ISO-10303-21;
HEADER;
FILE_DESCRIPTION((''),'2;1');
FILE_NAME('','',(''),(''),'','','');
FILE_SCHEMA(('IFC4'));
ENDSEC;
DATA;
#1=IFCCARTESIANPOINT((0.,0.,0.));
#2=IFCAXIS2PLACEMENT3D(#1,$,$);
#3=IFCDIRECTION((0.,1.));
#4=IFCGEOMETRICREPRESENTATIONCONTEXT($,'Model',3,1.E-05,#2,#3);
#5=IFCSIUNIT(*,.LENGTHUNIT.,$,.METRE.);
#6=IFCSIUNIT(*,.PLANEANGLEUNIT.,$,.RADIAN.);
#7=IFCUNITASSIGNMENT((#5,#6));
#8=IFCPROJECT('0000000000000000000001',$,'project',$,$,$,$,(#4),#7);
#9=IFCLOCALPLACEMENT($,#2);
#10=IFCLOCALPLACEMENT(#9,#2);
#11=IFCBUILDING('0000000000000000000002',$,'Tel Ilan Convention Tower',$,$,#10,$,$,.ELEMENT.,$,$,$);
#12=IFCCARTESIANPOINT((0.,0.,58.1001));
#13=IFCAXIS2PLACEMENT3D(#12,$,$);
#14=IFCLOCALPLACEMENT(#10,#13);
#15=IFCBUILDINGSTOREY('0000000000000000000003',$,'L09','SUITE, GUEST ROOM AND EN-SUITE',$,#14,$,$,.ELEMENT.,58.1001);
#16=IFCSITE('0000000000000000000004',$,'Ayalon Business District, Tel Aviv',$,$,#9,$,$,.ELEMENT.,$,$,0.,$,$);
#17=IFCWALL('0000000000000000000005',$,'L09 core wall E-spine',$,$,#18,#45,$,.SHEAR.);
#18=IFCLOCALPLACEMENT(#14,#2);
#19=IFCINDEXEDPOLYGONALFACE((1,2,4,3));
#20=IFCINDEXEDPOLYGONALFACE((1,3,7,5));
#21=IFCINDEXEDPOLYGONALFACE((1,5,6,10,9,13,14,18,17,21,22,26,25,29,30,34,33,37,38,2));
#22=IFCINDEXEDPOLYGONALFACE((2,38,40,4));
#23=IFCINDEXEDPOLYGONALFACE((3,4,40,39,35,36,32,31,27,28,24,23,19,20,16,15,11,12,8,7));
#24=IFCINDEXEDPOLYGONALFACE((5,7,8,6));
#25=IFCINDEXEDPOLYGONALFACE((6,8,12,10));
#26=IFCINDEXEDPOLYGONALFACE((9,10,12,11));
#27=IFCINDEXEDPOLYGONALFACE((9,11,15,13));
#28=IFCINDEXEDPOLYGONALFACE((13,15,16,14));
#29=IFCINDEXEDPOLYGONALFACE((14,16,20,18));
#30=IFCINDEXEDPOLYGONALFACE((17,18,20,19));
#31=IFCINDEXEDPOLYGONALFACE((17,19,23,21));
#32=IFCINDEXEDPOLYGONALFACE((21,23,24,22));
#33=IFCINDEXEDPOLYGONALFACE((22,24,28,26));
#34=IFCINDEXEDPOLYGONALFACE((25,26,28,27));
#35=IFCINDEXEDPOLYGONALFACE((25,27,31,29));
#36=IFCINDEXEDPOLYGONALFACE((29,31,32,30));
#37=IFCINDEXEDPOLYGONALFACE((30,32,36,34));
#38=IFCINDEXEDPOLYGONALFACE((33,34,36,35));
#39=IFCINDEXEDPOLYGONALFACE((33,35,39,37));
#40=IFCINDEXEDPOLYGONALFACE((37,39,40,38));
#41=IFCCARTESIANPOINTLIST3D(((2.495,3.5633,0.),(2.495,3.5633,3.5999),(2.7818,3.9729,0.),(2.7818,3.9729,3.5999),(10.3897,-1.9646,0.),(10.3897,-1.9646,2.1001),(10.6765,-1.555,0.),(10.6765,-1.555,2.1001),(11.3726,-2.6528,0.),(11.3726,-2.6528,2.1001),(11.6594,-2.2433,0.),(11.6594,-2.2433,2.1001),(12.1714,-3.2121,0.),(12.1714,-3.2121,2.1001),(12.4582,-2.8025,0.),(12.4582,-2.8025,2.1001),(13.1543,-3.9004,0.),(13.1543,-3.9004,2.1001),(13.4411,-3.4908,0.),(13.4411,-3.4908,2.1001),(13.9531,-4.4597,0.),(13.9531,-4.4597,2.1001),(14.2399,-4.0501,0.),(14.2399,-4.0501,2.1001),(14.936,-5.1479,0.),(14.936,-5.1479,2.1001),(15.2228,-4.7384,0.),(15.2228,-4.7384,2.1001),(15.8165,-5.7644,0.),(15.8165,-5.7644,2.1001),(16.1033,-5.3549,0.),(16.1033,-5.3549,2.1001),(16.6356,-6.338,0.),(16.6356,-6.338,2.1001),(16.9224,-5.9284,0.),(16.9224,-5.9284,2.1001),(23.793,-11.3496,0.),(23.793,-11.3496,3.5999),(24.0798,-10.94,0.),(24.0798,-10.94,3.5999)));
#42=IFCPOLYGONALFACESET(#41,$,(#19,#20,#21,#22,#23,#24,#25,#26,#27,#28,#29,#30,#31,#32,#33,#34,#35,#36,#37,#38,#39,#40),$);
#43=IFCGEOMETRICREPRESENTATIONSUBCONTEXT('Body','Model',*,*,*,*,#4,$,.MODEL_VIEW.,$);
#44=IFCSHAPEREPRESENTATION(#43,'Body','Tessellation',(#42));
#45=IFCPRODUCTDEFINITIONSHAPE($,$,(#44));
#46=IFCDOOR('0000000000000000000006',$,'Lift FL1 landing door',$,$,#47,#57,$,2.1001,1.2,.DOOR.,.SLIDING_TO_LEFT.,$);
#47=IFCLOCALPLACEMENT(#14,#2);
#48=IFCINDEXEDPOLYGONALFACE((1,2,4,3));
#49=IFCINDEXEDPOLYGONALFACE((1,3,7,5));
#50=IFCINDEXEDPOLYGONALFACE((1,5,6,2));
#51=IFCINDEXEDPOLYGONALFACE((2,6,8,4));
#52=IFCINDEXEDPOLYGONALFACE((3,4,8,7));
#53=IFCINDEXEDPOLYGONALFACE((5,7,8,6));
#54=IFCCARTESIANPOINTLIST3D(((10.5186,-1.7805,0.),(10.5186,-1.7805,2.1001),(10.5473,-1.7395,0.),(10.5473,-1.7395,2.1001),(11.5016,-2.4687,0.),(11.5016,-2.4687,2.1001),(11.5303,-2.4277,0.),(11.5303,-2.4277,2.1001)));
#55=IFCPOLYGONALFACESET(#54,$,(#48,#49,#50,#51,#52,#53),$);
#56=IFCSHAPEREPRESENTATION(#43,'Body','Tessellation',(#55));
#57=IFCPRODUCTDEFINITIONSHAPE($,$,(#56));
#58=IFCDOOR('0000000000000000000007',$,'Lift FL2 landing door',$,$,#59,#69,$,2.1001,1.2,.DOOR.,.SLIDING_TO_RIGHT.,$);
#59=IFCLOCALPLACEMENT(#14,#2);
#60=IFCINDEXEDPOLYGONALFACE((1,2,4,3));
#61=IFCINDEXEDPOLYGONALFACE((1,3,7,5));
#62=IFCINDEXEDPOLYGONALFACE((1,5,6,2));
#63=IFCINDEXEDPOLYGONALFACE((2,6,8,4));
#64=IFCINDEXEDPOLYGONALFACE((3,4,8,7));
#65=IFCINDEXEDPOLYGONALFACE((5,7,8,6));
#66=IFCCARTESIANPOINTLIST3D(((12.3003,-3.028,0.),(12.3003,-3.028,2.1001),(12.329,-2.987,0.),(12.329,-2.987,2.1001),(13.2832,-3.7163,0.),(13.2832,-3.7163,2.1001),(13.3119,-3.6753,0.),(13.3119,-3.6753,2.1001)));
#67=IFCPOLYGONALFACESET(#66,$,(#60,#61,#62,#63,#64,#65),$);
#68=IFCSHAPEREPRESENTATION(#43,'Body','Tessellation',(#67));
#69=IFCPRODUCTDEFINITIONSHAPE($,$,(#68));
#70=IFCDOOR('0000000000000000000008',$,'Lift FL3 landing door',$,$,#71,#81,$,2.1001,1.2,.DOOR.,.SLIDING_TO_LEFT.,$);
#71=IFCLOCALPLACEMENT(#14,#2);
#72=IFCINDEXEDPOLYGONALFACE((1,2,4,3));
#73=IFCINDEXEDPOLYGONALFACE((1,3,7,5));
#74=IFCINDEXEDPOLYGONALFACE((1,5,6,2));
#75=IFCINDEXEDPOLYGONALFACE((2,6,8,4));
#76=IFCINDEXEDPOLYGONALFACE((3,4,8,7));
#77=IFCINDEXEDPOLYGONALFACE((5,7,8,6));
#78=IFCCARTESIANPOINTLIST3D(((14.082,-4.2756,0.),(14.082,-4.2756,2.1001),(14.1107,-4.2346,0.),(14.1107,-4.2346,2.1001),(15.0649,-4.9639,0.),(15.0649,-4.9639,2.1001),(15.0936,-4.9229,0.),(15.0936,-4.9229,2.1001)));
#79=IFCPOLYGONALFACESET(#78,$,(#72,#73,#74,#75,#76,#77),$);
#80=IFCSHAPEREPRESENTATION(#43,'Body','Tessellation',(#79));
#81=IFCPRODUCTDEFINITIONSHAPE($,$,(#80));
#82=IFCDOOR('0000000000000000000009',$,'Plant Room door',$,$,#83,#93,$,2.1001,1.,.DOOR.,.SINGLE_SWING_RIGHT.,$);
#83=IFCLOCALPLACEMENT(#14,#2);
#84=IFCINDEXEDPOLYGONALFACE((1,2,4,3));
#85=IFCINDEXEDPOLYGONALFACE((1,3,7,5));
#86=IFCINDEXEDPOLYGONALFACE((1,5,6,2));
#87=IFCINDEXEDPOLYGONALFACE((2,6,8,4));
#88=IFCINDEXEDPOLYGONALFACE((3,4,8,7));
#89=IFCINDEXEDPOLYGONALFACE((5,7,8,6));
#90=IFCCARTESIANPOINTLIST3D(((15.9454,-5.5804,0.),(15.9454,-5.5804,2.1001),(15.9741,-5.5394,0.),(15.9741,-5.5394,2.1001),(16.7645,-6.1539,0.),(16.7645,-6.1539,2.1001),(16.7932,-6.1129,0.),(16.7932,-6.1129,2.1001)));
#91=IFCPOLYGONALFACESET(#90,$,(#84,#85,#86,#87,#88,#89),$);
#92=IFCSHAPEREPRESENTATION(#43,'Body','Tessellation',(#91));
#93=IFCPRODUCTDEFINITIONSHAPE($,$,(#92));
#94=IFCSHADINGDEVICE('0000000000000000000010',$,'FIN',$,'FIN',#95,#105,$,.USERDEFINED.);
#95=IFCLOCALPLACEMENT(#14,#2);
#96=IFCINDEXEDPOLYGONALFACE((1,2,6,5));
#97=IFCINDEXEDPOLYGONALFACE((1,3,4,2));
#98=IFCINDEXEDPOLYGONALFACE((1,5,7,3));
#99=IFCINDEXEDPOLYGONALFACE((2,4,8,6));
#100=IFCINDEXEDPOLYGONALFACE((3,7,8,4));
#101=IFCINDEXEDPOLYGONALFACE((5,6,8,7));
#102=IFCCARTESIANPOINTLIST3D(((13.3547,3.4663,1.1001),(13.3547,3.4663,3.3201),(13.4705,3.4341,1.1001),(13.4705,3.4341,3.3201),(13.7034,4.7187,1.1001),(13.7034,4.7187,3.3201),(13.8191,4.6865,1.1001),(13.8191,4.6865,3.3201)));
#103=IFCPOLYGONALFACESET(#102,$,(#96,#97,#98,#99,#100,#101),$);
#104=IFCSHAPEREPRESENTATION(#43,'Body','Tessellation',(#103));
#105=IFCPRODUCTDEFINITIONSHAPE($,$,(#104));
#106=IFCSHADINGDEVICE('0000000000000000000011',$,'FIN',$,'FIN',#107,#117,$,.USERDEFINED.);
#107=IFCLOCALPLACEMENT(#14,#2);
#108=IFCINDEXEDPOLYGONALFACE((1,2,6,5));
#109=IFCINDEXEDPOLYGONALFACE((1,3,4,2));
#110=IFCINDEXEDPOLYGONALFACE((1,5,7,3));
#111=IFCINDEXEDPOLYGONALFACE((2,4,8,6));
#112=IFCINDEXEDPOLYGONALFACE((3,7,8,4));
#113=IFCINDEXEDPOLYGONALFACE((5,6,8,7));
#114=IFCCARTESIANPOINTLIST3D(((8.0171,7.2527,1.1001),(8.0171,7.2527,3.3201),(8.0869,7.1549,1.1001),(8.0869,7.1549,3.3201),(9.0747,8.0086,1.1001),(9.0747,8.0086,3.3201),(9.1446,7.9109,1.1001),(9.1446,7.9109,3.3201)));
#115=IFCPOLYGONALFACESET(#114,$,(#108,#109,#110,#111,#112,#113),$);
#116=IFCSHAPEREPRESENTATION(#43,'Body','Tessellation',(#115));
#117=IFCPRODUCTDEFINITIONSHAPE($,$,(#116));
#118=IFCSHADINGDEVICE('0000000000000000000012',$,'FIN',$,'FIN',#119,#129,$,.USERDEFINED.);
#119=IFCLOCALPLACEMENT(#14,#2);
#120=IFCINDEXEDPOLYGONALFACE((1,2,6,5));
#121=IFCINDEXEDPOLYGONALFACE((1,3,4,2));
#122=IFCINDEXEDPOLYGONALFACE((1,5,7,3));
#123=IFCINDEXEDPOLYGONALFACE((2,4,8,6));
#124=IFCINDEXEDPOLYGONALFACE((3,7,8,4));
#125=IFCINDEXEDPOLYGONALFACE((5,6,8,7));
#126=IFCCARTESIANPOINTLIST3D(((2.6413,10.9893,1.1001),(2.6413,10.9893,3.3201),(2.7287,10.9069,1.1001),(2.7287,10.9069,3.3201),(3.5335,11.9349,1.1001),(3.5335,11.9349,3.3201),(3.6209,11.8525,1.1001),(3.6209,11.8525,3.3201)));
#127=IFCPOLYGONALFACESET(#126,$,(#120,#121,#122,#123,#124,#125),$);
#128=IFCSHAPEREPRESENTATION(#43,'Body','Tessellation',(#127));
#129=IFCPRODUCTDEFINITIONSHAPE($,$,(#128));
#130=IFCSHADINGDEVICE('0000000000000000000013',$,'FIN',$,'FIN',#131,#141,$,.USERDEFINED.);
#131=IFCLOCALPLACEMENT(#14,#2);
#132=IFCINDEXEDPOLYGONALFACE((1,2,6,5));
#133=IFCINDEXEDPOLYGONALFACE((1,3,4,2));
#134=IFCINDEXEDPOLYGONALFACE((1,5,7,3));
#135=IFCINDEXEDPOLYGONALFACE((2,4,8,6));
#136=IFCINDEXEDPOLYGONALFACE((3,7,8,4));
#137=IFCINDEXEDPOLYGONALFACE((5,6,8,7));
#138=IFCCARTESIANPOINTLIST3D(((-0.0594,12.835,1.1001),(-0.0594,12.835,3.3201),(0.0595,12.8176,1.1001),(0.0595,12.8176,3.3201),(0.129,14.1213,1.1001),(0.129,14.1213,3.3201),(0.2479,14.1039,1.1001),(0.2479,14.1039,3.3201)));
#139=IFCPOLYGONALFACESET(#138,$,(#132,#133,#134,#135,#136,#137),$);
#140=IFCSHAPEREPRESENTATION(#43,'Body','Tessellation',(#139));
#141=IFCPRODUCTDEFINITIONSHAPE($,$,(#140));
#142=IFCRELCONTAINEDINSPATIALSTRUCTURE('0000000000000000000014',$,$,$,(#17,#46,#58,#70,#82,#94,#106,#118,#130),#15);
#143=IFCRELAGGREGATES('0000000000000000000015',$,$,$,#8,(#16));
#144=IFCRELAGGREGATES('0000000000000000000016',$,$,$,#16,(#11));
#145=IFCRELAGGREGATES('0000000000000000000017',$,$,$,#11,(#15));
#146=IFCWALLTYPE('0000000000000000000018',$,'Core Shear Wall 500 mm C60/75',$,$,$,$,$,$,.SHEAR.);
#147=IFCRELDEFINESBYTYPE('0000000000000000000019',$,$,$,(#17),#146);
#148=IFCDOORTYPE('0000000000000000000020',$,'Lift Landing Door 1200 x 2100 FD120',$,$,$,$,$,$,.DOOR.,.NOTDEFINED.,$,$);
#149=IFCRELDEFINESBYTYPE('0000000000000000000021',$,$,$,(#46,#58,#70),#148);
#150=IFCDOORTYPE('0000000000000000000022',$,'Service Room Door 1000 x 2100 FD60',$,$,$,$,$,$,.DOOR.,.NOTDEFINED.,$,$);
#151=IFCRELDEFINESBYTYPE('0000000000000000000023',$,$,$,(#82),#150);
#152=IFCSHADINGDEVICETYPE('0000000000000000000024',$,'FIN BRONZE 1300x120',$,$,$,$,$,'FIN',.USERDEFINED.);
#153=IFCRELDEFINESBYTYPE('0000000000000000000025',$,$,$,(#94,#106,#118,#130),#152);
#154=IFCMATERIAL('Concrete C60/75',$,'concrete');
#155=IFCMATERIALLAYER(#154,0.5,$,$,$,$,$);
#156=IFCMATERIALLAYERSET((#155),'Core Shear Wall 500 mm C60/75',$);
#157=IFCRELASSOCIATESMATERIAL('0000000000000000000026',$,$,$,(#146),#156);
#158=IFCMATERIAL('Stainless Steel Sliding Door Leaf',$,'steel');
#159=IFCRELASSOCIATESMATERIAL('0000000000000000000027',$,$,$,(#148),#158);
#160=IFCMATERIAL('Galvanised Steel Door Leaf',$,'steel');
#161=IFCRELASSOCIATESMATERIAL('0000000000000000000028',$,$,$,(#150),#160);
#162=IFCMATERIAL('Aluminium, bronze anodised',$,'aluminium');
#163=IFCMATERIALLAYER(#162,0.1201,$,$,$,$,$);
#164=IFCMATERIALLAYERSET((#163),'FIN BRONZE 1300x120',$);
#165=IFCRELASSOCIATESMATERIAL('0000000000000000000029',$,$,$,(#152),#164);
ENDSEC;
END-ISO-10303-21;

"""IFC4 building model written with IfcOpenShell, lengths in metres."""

from ifc_helpers import new_model, si_unit, direction, frame, frame_2d, origin, origin_2d, place, context, subcontext, project, spatial, polyline, rectangle, outline, extrude, material, layer, layer_set, type_object, element, fill, save


model = new_model("IFC4")

# Units and contexts
model_context = context("Model", 3, precision=1e-05, world=origin(), true_north=direction((0.0, 1.0)))
body_context = subcontext(model_context, "Body", "Model", "MODEL_VIEW")
ifc_project = project(units=[si_unit("LENGTHUNIT", "METRE"), si_unit("PLANEANGLEUNIT", "RADIAN")], contexts=[model_context])

# Site, building, storey
site_placement = place(None, origin())
site = spatial("IfcSite", under=ifc_project, at=site_placement, Name="Ayalon Business District, Tel Aviv", CompositionType="ELEMENT", RefElevation=0.0)
building_placement = place(site_placement, origin())
building = spatial("IfcBuilding", under=site, at=building_placement, Name="Tel Ilan Convention Tower", CompositionType="ELEMENT")
storey_placement = place(building_placement, frame((0.0, 0.0, 58.1001)))
storey = spatial("IfcBuildingStorey", under=building, at=storey_placement, Name="L09", Description="SUITE, GUEST ROOM AND EN-SUITE", CompositionType="ELEMENT", Elevation=58.1001)

# Wall, openings, doors
ifc_material_1 = material(Name="Concrete C60/75", Category="concrete")
ifc_layer_1 = layer(ifc_material_1, 0.5)
ifc_layer_set_1 = layer_set([ifc_layer_1], Name="Core Shear Wall 500 mm C60/75")
wall_type_1 = type_object("IfcWallType", Name="Core Shear Wall 500 mm C60/75", PredefinedType="SHEAR", material=ifc_layer_set_1)
wall_1_placement = place(storey_placement, frame((2.6384, 3.7681, 0.0), z_axis=(0.0, 0.0, 1.0), x_axis=(0.819149, -0.573581, 0.0)))
wall_1 = element("IfcWall", 1, at=wall_1_placement, inside=storey, type_object=wall_type_1, Name="L09 core wall E-spine", PredefinedType="SHEAR", context=body_context, shape_type="SweptSolid", body=[
    extrude(outline(polyline([(0.0, 0.25), (0.0, -0.25), (26.0, -0.2498), (26.0, 0.2502), (0.0, 0.25)])), origin(), (0.0, 0.0, 1.0), 3.5999),
])
opening_1_placement = place(wall_1_placement, frame((9.6375, 0.0, 0.0)))
opening_1 = element("IfcOpeningElement", 2, at=opening_1_placement, cuts=wall_1, PredefinedType="OPENING", context=body_context, shape_type="SweptSolid", body=[
    extrude(rectangle(XDim=1.2, YDim=2.1001, at=frame_2d((0.6001, 1.05))), frame((0.0, 0.26, 0.0), z_axis=(0.0, -1.0, 0.0), x_axis=(1.0, 0.0, 0.0)), (0.0, 0.0, 1.0), 0.52),
])
opening_2_placement = place(wall_1_placement, frame((11.8125, 0.0, 0.0)))
opening_2 = element("IfcOpeningElement", 3, at=opening_2_placement, cuts=wall_1, PredefinedType="OPENING", context=body_context, shape_type="SweptSolid", body=[
    extrude(rectangle(XDim=1.2, YDim=2.1001, at=frame_2d((0.6001, 1.05))), frame((0.0, 0.26, 0.0), z_axis=(0.0, -1.0, 0.0), x_axis=(1.0, 0.0, 0.0)), (0.0, 0.0, 1.0), 0.52),
])
opening_3_placement = place(wall_1_placement, frame((13.9875, 0.0, 0.0)))
opening_3 = element("IfcOpeningElement", 4, at=opening_3_placement, cuts=wall_1, PredefinedType="OPENING", context=body_context, shape_type="SweptSolid", body=[
    extrude(rectangle(XDim=1.2, YDim=2.1001, at=frame_2d((0.6001, 1.05))), frame((0.0, 0.26, 0.0), z_axis=(0.0, -1.0, 0.0), x_axis=(1.0, 0.0, 0.0)), (0.0, 0.0, 1.0), 0.52),
])
opening_4_placement = place(wall_1_placement, frame((16.2625, 0.0, 0.0)))
opening_4 = element("IfcOpeningElement", 5, at=opening_4_placement, cuts=wall_1, PredefinedType="OPENING", context=body_context, shape_type="SweptSolid", body=[
    extrude(rectangle(XDim=1.0, YDim=2.1001, at=frame_2d((0.5, 1.05))), frame((0.0, 0.26, 0.0), z_axis=(0.0, -1.0, 0.0), x_axis=(1.0, 0.0, 0.0)), (0.0, 0.0, 1.0), 0.52),
])
ifc_material_2 = material(Name="Stainless Steel Sliding Door Leaf", Category="steel")
door_type_1 = type_object("IfcDoorType", Name="Lift Landing Door 1200 x 2100 FD120", OperationType="NOTDEFINED", PredefinedType="DOOR", material=ifc_material_2)
door_1_placement = place(opening_1_placement, origin())
door_1 = element("IfcDoor", 6, at=door_1_placement, inside=storey, type_object=door_type_1, Name="Lift FL1 landing door", OperationType="SLIDING_TO_LEFT", OverallHeight=2.1001, OverallWidth=1.2, PredefinedType="DOOR", context=body_context, shape_type="SweptSolid", body=[
    extrude(rectangle(XDim=1.2, YDim=2.1001, at=frame_2d((0.6001, 1.05))), frame((0.0, 0.0249, 0.0), z_axis=(0.0, -1.0, 0.0), x_axis=(1.0, 0.0, 0.0)), (0.0, 0.0, 1.0), 0.05),
])
fill(opening_1, door_1)
door_2_placement = place(opening_2_placement, origin())
door_2 = element("IfcDoor", 7, at=door_2_placement, inside=storey, type_object=door_type_1, Name="Lift FL2 landing door", OperationType="SLIDING_TO_RIGHT", OverallHeight=2.1001, OverallWidth=1.2, PredefinedType="DOOR", context=body_context, shape_type="SweptSolid", body=[
    extrude(rectangle(XDim=1.2, YDim=2.1001, at=frame_2d((0.6001, 1.05))), frame((0.0, 0.0249, 0.0), z_axis=(0.0, -1.0, 0.0), x_axis=(1.0, 0.0, 0.0)), (0.0, 0.0, 1.0), 0.05),
])
fill(opening_2, door_2)
door_3_placement = place(opening_3_placement, origin())
door_3 = element("IfcDoor", 8, at=door_3_placement, inside=storey, type_object=door_type_1, Name="Lift FL3 landing door", OperationType="SLIDING_TO_LEFT", OverallHeight=2.1001, OverallWidth=1.2, PredefinedType="DOOR", context=body_context, shape_type="SweptSolid", body=[
    extrude(rectangle(XDim=1.2, YDim=2.1001, at=frame_2d((0.6001, 1.05))), frame((0.0, 0.0249, 0.0), z_axis=(0.0, -1.0, 0.0), x_axis=(1.0, 0.0, 0.0)), (0.0, 0.0, 1.0), 0.05),
])
fill(opening_3, door_3)
ifc_material_3 = material(Name="Galvanised Steel Door Leaf", Category="steel")
door_type_2 = type_object("IfcDoorType", Name="Service Room Door 1000 x 2100 FD60", OperationType="NOTDEFINED", PredefinedType="DOOR", material=ifc_material_3)
door_4_placement = place(opening_4_placement, origin())
door_4 = element("IfcDoor", 9, at=door_4_placement, inside=storey, type_object=door_type_2, Name="Plant Room door", OperationType="SINGLE_SWING_RIGHT", OverallHeight=2.1001, OverallWidth=1.0, PredefinedType="DOOR", context=body_context, shape_type="SweptSolid", body=[
    extrude(rectangle(XDim=1.0, YDim=2.1001, at=frame_2d((0.5, 1.05))), frame((0.0, 0.0249, 0.0), z_axis=(0.0, -1.0, 0.0), x_axis=(1.0, 0.0, 0.0)), (0.0, 0.0, 1.0), 0.05),
])
fill(opening_4, door_4)

# Shading devices
ifc_material_4 = material(Name="Aluminium, bronze anodised", Category="aluminium")
ifc_layer_2 = layer(ifc_material_4, 0.1201)
ifc_layer_set_2 = layer_set([ifc_layer_2], Name="FIN BRONZE 1300x120")
shading_device_type = type_object("IfcShadingDeviceType", Name="FIN BRONZE 1300x120", ElementType="FIN", PredefinedType="USERDEFINED", material=ifc_layer_set_2)
for number, where, z_axis, x_axis, name in (
    (10, (13.5869, 4.0764, 1.1001), (0.0, 0.0, 1.0), (0.268173, 0.963371, 0.0), "FIN"),
    (11, (8.5808, 7.5818, 1.1001), (0.0, 0.0, 1.0), (0.813552, 0.581492, 0.0), "FIN"),
    (12, (3.1311, 11.4209, 1.1001), (0.0, 0.0, 1.0), (0.686242, 0.727374, 0.0), "FIN"),
    (13, (0.0942, 13.4695, 1.1001), (0.0, 0.0, 1.0), (0.144932, 0.989442, 0.0), "FIN"),
):
    element("IfcShadingDevice", number, at=place(storey_placement, frame(where, z_axis=z_axis, x_axis=x_axis)), inside=storey, type_object=shading_device_type, Name=name, ObjectType="FIN", PredefinedType="USERDEFINED", context=body_context, shape_type="SweptSolid", body=[
        extrude(rectangle(XDim=1.3, YDim=0.1201, at=origin_2d()), origin(), (0.0, 0.0, 1.0), 2.22),
    ])

save(model, "model.ifc")
